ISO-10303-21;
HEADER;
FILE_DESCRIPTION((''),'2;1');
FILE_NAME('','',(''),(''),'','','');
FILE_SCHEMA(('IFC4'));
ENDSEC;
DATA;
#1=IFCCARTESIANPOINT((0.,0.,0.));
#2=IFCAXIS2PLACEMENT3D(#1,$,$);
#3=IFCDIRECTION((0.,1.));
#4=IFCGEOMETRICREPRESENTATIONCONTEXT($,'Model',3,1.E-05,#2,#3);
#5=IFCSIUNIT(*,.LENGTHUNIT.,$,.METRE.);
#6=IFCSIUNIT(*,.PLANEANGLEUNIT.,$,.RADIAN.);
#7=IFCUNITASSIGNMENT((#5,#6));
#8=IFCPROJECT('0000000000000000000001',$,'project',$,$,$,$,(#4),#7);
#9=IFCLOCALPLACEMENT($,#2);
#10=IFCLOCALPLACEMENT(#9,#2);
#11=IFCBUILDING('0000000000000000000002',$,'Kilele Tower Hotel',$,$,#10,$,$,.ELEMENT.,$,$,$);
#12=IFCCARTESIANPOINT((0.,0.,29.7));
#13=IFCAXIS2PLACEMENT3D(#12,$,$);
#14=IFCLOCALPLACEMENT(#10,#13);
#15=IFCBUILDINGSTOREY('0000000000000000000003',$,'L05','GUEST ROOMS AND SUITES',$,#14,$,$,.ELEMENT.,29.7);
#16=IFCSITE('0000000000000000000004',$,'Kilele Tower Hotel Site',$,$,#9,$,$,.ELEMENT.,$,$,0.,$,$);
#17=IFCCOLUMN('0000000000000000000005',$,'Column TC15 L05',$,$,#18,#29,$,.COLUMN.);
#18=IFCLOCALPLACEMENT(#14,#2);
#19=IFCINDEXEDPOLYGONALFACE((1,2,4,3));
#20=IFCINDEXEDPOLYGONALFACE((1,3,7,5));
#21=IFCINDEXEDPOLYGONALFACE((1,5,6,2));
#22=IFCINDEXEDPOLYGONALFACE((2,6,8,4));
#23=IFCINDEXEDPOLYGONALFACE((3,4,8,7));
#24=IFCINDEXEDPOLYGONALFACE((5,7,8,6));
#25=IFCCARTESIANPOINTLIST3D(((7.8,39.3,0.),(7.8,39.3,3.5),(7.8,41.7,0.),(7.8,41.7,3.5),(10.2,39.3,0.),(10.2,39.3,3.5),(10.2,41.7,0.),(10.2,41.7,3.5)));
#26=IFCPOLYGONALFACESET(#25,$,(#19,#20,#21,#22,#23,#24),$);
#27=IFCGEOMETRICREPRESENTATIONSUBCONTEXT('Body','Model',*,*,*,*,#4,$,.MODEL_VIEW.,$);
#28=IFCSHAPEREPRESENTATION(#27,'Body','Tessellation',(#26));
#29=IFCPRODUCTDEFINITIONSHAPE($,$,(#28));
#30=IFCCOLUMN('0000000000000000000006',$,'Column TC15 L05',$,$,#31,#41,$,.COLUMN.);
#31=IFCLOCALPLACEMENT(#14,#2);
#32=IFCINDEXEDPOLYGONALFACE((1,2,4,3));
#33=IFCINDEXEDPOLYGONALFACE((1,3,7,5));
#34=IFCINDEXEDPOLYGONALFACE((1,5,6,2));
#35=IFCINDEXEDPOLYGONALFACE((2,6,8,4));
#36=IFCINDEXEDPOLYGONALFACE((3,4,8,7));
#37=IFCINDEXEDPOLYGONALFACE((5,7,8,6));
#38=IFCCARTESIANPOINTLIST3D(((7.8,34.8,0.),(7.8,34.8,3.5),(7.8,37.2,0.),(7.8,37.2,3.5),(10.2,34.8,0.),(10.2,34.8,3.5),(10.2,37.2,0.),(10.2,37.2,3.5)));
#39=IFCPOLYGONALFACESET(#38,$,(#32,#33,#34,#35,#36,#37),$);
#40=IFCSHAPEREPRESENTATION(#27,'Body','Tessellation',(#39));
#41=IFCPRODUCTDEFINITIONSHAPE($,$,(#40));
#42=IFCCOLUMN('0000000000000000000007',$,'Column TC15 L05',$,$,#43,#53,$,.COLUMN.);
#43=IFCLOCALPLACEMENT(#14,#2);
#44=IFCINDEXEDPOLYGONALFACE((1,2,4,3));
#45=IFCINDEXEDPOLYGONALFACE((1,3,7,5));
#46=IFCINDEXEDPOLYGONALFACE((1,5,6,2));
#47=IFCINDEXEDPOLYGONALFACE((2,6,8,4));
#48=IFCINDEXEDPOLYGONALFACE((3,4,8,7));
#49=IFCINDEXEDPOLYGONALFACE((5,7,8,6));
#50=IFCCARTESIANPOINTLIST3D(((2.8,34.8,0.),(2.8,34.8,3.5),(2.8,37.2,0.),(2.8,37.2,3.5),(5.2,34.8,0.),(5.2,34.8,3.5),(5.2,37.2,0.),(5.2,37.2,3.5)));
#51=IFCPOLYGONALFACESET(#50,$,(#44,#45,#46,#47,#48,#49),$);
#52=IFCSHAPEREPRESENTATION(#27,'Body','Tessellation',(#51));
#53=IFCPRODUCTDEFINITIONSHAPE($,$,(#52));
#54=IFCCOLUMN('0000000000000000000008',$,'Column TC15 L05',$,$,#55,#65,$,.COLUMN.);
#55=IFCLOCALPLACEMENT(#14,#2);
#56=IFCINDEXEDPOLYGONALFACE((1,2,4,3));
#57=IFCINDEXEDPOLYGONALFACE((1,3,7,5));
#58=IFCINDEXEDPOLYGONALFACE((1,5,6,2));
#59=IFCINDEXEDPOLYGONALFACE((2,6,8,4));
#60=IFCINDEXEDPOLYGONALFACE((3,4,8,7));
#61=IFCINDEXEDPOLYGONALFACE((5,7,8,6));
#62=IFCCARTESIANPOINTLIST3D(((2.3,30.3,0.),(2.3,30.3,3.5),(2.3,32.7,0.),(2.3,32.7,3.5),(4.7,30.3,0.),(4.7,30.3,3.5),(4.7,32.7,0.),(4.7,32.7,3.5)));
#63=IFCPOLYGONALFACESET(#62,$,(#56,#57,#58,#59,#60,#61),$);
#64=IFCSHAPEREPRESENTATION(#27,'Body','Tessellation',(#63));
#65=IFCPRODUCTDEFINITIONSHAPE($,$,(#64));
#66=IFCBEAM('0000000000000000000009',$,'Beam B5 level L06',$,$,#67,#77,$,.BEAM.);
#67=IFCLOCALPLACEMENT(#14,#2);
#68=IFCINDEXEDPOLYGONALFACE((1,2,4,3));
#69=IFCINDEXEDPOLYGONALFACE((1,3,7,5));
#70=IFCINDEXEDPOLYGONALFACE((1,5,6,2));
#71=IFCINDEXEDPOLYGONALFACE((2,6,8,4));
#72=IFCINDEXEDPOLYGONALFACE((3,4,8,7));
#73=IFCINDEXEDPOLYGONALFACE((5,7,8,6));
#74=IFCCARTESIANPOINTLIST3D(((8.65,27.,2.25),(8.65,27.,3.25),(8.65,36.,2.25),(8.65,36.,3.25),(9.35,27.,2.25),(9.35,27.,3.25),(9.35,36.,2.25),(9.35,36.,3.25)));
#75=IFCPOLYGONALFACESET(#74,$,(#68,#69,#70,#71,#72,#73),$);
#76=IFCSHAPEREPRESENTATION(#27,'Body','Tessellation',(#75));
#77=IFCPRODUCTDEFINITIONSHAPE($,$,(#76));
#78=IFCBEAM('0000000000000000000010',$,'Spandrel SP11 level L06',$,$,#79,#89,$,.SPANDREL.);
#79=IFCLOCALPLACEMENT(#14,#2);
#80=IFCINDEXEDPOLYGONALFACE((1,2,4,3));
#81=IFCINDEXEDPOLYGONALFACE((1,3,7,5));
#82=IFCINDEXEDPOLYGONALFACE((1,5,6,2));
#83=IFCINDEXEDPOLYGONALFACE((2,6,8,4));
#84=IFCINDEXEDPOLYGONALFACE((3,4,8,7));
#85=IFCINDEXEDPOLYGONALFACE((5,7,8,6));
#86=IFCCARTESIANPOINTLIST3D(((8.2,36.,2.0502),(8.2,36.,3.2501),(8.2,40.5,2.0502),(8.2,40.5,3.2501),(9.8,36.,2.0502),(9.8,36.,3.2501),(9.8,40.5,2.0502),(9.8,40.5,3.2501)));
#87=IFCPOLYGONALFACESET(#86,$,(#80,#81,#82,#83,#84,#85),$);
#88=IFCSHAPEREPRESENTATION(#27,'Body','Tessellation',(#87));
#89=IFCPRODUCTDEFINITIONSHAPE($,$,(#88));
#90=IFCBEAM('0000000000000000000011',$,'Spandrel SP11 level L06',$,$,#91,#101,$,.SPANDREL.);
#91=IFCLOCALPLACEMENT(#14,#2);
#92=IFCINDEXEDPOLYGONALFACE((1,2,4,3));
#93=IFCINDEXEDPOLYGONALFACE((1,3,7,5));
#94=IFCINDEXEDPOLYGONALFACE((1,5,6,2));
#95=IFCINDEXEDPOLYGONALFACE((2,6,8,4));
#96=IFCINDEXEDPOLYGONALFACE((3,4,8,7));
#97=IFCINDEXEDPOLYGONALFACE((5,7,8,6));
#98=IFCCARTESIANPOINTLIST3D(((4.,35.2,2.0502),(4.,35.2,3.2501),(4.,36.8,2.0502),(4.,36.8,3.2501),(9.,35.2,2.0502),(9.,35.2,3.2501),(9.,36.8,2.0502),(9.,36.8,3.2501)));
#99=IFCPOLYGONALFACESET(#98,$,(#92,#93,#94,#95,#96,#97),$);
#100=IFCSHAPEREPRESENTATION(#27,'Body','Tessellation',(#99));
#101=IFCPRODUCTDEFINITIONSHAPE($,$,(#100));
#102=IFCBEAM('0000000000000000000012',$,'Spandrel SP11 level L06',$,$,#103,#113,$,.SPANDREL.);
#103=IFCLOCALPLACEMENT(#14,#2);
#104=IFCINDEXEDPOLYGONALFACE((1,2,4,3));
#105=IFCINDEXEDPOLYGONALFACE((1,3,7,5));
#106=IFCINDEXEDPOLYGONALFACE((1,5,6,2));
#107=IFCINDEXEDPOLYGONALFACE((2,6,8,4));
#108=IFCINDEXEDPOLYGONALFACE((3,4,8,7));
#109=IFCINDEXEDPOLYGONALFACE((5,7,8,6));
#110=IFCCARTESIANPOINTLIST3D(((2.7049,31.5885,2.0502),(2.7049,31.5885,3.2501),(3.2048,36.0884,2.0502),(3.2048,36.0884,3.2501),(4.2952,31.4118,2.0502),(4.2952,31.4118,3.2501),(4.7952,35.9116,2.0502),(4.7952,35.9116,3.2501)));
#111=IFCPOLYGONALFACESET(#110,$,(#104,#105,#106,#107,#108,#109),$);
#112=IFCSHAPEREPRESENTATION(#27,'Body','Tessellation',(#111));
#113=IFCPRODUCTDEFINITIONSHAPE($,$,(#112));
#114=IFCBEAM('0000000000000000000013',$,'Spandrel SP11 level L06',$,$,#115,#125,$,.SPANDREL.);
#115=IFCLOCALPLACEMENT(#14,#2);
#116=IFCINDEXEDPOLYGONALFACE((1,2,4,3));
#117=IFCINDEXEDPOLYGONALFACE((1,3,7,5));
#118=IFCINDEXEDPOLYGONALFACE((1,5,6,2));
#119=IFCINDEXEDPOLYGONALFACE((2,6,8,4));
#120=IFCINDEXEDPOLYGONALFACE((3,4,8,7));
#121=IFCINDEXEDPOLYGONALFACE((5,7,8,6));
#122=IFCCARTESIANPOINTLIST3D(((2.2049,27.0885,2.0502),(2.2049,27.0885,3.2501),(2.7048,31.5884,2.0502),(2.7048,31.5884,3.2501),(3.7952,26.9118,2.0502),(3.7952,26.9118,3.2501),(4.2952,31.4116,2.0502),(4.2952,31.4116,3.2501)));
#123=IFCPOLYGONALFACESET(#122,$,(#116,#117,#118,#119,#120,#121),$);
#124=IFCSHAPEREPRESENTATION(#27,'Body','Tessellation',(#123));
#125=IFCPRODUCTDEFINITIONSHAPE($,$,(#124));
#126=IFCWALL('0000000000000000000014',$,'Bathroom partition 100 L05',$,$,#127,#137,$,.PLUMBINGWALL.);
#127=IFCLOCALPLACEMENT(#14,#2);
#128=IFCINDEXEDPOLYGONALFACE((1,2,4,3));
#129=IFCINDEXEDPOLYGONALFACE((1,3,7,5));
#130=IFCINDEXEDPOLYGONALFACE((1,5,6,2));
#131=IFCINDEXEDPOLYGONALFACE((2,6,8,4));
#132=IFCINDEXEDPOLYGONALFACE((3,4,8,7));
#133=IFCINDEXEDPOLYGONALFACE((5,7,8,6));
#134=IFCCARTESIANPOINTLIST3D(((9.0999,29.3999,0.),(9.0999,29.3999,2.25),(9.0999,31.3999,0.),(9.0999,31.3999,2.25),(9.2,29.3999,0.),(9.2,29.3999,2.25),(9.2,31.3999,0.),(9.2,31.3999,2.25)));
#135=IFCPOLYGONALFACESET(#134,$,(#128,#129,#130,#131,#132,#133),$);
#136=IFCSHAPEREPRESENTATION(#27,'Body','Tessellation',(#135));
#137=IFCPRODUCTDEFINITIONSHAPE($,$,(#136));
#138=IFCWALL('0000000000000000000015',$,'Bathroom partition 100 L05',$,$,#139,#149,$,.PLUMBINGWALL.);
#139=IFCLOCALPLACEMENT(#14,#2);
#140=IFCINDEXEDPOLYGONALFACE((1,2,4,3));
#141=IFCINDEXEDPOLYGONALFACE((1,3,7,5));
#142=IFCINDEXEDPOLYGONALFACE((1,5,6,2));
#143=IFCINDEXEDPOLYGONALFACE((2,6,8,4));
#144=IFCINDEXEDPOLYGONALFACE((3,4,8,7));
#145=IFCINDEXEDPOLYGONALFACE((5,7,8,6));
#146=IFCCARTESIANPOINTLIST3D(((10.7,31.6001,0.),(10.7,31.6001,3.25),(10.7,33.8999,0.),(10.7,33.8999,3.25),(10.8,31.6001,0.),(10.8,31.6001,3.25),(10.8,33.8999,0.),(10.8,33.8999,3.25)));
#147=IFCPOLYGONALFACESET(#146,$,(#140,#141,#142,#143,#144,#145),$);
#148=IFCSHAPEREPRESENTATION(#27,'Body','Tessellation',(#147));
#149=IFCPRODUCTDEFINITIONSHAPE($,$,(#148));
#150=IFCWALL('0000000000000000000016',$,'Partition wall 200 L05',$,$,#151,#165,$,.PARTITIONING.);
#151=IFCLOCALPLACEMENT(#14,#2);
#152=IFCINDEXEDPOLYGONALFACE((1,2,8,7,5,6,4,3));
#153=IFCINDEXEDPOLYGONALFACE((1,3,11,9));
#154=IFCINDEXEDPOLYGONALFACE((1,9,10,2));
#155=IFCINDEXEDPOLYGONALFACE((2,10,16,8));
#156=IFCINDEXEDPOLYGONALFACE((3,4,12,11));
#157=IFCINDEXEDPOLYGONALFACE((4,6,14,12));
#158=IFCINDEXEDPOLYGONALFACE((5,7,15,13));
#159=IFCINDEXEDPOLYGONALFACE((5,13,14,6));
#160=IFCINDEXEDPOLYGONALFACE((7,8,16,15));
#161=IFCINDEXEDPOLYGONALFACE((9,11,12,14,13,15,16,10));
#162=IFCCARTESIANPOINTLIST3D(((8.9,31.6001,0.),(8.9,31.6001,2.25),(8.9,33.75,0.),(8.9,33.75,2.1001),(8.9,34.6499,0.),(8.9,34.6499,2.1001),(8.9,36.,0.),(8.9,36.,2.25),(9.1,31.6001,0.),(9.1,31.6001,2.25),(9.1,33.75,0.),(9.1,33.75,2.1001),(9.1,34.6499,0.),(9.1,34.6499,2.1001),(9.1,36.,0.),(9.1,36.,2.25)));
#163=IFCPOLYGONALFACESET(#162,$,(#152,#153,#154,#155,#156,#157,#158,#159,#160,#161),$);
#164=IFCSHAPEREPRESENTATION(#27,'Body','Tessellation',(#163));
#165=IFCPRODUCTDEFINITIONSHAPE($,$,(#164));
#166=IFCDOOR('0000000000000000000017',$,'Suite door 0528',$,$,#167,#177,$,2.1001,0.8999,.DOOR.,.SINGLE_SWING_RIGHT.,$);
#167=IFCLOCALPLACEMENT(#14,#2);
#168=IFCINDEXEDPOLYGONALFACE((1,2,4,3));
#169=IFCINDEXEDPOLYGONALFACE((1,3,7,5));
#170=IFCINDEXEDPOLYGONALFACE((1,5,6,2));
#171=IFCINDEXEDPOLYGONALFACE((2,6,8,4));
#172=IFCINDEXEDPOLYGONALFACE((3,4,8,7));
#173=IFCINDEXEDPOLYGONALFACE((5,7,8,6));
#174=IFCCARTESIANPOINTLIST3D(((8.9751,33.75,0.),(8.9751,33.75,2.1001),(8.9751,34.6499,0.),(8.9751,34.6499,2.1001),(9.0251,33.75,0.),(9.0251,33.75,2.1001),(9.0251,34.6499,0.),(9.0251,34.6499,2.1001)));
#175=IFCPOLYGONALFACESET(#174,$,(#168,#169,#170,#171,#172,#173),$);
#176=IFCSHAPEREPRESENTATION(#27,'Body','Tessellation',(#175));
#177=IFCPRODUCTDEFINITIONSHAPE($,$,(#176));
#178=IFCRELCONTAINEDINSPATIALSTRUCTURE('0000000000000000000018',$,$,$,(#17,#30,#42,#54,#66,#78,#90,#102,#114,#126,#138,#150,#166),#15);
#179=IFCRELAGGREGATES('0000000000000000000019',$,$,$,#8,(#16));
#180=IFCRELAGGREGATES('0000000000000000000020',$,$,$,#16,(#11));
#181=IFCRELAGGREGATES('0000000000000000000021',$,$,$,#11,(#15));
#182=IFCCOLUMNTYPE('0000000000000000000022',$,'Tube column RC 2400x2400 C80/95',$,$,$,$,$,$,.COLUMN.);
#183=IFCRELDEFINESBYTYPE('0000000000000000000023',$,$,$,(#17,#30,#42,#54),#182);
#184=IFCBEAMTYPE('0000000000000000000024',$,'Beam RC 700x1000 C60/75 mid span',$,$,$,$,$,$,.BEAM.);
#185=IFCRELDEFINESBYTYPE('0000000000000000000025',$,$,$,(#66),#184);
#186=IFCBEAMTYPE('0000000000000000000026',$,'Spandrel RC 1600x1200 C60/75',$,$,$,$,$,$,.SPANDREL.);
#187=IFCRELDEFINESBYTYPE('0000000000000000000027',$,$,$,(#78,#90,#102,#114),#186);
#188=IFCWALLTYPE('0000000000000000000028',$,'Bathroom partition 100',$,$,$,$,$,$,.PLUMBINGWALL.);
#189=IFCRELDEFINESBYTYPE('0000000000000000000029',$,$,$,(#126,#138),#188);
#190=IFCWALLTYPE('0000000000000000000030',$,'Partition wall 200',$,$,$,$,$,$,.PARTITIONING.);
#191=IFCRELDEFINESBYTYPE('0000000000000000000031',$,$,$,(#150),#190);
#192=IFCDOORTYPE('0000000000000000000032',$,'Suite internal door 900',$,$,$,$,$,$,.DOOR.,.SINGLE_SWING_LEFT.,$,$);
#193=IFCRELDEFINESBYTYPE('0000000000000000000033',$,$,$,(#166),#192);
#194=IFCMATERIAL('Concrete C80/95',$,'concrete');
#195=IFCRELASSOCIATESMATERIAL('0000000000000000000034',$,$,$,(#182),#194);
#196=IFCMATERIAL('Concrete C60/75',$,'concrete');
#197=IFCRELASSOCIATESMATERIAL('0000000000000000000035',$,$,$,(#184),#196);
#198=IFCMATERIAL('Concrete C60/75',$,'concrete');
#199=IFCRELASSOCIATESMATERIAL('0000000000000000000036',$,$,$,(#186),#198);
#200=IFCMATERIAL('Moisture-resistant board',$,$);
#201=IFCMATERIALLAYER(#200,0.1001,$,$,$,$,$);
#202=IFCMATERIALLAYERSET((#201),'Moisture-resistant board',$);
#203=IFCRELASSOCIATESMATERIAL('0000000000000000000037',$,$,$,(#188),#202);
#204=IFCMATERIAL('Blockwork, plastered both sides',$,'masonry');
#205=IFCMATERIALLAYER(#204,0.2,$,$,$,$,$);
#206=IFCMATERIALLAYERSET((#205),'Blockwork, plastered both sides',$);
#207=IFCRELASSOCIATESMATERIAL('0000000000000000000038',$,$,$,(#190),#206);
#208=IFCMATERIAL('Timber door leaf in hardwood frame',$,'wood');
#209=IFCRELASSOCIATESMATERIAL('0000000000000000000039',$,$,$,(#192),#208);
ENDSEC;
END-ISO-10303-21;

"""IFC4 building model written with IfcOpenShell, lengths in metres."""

from ifc_helpers import new_model, si_unit, direction, frame, frame_2d, origin, origin_2d, place, context, subcontext, project, spatial, rectangle, extrude, material, layer, layer_set, material_profile, profile_set, type_object, element, fill, save


model = new_model("IFC4")

# Units and contexts
model_context = context("Model", 3, precision=1e-05, world=origin(), true_north=direction((0.0, 1.0)))
body_context = subcontext(model_context, "Body", "Model", "MODEL_VIEW")
ifc_project = project(units=[si_unit("LENGTHUNIT", "METRE"), si_unit("PLANEANGLEUNIT", "RADIAN")], contexts=[model_context])

# Site, building, storey
site_placement = place(None, origin())
site = spatial("IfcSite", under=ifc_project, at=site_placement, Name="Kilele Tower Hotel Site", CompositionType="ELEMENT", RefElevation=0.0)
building_placement = place(site_placement, origin())
building = spatial("IfcBuilding", under=site, at=building_placement, Name="Kilele Tower Hotel", CompositionType="ELEMENT")
storey_placement = place(building_placement, frame((0.0, 0.0, 29.7)))
storey = spatial("IfcBuildingStorey", under=building, at=storey_placement, Name="L05", Description="GUEST ROOMS AND SUITES", CompositionType="ELEMENT", Elevation=29.7)

# Columns
ifc_material_1 = material(Name="Concrete C80/95", Category="concrete")
ifc_material_profile_1 = material_profile(ifc_material_1, rectangle(XDim=2.3999, YDim=2.3999, at=origin_2d()))
ifc_profile_set_1 = profile_set([ifc_material_profile_1], Name="Concrete C80/95")
column_type = type_object("IfcColumnType", Name="Tube column RC 2400x2400 C80/95", PredefinedType="COLUMN", material=ifc_profile_set_1)
for number, where, z_axis, x_axis, name in (
    (1, (9.0, 40.5, 0.0), (0.0, 0.0, 1.0), (1.0, 0.0, 0.0), "Column TC15 L05"),
    (2, (9.0, 36.0, 0.0), (0.0, 0.0, 1.0), (1.0, 0.0, 0.0), "Column TC15 L05"),
    (3, (4.0, 36.0, 0.0), (0.0, 0.0, 1.0), (1.0, 0.0, 0.0), "Column TC15 L05"),
    (4, (3.5, 31.5, 0.0), (0.0, 0.0, 1.0), (1.0, 0.0, 0.0), "Column TC15 L05"),
):
    element("IfcColumn", number, at=place(storey_placement, frame(where, z_axis=z_axis, x_axis=x_axis)), inside=storey, type_object=column_type, Name=name, PredefinedType="COLUMN", context=body_context, shape_type="SweptSolid", body=[
        extrude(rectangle(XDim=2.3999, YDim=2.3999, at=origin_2d()), origin(), (0.0, 0.0, 1.0), 3.5),
    ])

# Beams
ifc_material_2 = material(Name="Concrete C60/75", Category="concrete")
ifc_material_profile_2 = material_profile(ifc_material_2, rectangle(XDim=0.7, YDim=1.0, at=origin_2d()))
ifc_profile_set_2 = profile_set([ifc_material_profile_2], Name="Concrete C60/75")
beam_type_1 = type_object("IfcBeamType", Name="Beam RC 700x1000 C60/75 mid span", PredefinedType="BEAM", material=ifc_profile_set_2)
beam_1_placement = place(storey_placement, frame((9.0, 36.0, 2.75), z_axis=(0.0, -1.0, 0.0), x_axis=(1.0, 0.0, 0.0)))
element("IfcBeam", 5, at=beam_1_placement, inside=storey, type_object=beam_type_1, Name="Beam B5 level L06", PredefinedType="BEAM", context=body_context, shape_type="SweptSolid", body=[
    extrude(rectangle(XDim=0.7, YDim=1.0, at=origin_2d()), origin(), (0.0, 0.0, 1.0), 9.0),
])
ifc_material_3 = material(Name="Concrete C60/75", Category="concrete")
ifc_material_profile_3 = material_profile(ifc_material_3, rectangle(XDim=1.6001, YDim=1.2, at=origin_2d()))
ifc_profile_set_3 = profile_set([ifc_material_profile_3], Name="Concrete C60/75")
beam_type_2 = type_object("IfcBeamType", Name="Spandrel RC 1600x1200 C60/75", PredefinedType="SPANDREL", material=ifc_profile_set_3)
beam_2_placement = place(storey_placement, frame((9.0, 40.5, 2.6501), z_axis=(0.0, -1.0, 0.0), x_axis=(1.0, 0.0, 0.0)))
element("IfcBeam", 6, at=beam_2_placement, inside=storey, type_object=beam_type_2, Name="Spandrel SP11 level L06", PredefinedType="SPANDREL", context=body_context, shape_type="SweptSolid", body=[
    extrude(rectangle(XDim=1.6001, YDim=1.2, at=origin_2d()), origin(), (0.0, 0.0, 1.0), 4.5),
])
beam_3_placement = place(storey_placement, frame((9.0, 36.0, 2.6501), z_axis=(-1.0, 0.0, 0.0), x_axis=(0.0, -1.0, 0.0)))
element("IfcBeam", 7, at=beam_3_placement, inside=storey, type_object=beam_type_2, Name="Spandrel SP11 level L06", PredefinedType="SPANDREL", context=body_context, shape_type="SweptSolid", body=[
    extrude(rectangle(XDim=1.6001, YDim=1.2, at=origin_2d()), origin(), (0.0, 0.0, 1.0), 5.0),
])
for number, where, z_axis, x_axis, name in (
    (8, (4.0, 36.0, 2.6501), (-0.110432, -0.993884, 0.0), (0.993884, -0.110432, 0.0), "Spandrel SP11 level L06"),
    (9, (3.5, 31.5, 2.6501), (-0.110432, -0.993884, 0.0), (0.993884, -0.110432, 0.0), "Spandrel SP11 level L06"),
):
    element("IfcBeam", number, at=place(storey_placement, frame(where, z_axis=z_axis, x_axis=x_axis)), inside=storey, type_object=beam_type_2, Name=name, PredefinedType="SPANDREL", context=body_context, shape_type="SweptSolid", body=[
        extrude(rectangle(XDim=1.6001, YDim=1.2, at=origin_2d()), origin(), (0.0, 0.0, 1.0), 4.5276),
    ])

# Walls
ifc_material_4 = material(Name="Moisture-resistant board")
ifc_layer_1 = layer(ifc_material_4, 0.1001)
ifc_layer_set_1 = layer_set([ifc_layer_1], Name="Moisture-resistant board")
wall_type_1 = type_object("IfcWallType", Name="Bathroom partition 100", PredefinedType="PLUMBINGWALL", material=ifc_layer_set_1)
wall_1_placement = place(storey_placement, frame((9.1499, 31.3999, 0.0), z_axis=(0.0, 0.0, 1.0), x_axis=(0.0, -1.0, 0.0)))
element("IfcWall", 10, at=wall_1_placement, inside=storey, type_object=wall_type_1, Name="Bathroom partition 100 L05", PredefinedType="PLUMBINGWALL", context=body_context, shape_type="SweptSolid", body=[
    extrude(rectangle(XDim=2.0, YDim=0.1001, at=frame_2d((1.0, 0.0))), origin(), (0.0, 0.0, 1.0), 2.25),
])
wall_2_placement = place(storey_placement, frame((10.75, 31.6001, 0.0), z_axis=(0.0, 0.0, 1.0), x_axis=(0.0, 1.0, 0.0)))
element("IfcWall", 11, at=wall_2_placement, inside=storey, type_object=wall_type_1, Name="Bathroom partition 100 L05", PredefinedType="PLUMBINGWALL", context=body_context, shape_type="SweptSolid", body=[
    extrude(rectangle(XDim=2.2998, YDim=0.1001, at=frame_2d((1.1499, 0.0))), origin(), (0.0, 0.0, 1.0), 3.25),
])

# Wall, opening, door
ifc_material_5 = material(Name="Blockwork, plastered both sides", Category="masonry")
ifc_layer_2 = layer(ifc_material_5, 0.2)
ifc_layer_set_2 = layer_set([ifc_layer_2], Name="Blockwork, plastered both sides")
wall_type_2 = type_object("IfcWallType", Name="Partition wall 200", PredefinedType="PARTITIONING", material=ifc_layer_set_2)
wall_3_placement = place(storey_placement, frame((9.0, 31.6001, 0.0), z_axis=(0.0, 0.0, 1.0), x_axis=(0.0, 1.0, 0.0)))
wall_3 = element("IfcWall", 12, at=wall_3_placement, inside=storey, type_object=wall_type_2, Name="Partition wall 200 L05", PredefinedType="PARTITIONING", context=body_context, shape_type="SweptSolid", body=[
    extrude(rectangle(XDim=4.3999, YDim=0.2, at=frame_2d((2.2, 0.0))), origin(), (0.0, 0.0, 1.0), 2.25),
])
opening_1_placement = place(wall_3_placement, frame((2.1499, 0.0, 0.0)))
opening_1 = element("IfcOpeningElement", 13, at=opening_1_placement, cuts=wall_3, PredefinedType="OPENING", context=body_context, shape_type="SweptSolid", body=[
    extrude(rectangle(XDim=0.8999, YDim=2.1001, at=frame_2d((0.45, 1.05))), frame((0.0, 0.1099, 0.0), z_axis=(0.0, -1.0, 0.0), x_axis=(1.0, 0.0, 0.0)), (0.0, 0.0, 1.0), 0.22),
])
ifc_material_6 = material(Name="Timber door leaf in hardwood frame", Category="wood")
door_type = type_object("IfcDoorType", Name="Suite internal door 900", OperationType="SINGLE_SWING_LEFT", PredefinedType="DOOR", material=ifc_material_6)
door_placement = place(opening_1_placement, origin())
door = element("IfcDoor", 14, at=door_placement, inside=storey, type_object=door_type, Name="Suite door 0528", OperationType="SINGLE_SWING_RIGHT", OverallHeight=2.1001, OverallWidth=0.8999, PredefinedType="DOOR", context=body_context, shape_type="SweptSolid", body=[
    extrude(rectangle(XDim=0.8999, YDim=2.1001, at=frame_2d((0.45, 1.05))), frame((0.0, 0.0249, 0.0), z_axis=(0.0, -1.0, 0.0), x_axis=(1.0, 0.0, 0.0)), (0.0, 0.0, 1.0), 0.05),
])
fill(opening_1, door)

save(model, "model.ifc")
